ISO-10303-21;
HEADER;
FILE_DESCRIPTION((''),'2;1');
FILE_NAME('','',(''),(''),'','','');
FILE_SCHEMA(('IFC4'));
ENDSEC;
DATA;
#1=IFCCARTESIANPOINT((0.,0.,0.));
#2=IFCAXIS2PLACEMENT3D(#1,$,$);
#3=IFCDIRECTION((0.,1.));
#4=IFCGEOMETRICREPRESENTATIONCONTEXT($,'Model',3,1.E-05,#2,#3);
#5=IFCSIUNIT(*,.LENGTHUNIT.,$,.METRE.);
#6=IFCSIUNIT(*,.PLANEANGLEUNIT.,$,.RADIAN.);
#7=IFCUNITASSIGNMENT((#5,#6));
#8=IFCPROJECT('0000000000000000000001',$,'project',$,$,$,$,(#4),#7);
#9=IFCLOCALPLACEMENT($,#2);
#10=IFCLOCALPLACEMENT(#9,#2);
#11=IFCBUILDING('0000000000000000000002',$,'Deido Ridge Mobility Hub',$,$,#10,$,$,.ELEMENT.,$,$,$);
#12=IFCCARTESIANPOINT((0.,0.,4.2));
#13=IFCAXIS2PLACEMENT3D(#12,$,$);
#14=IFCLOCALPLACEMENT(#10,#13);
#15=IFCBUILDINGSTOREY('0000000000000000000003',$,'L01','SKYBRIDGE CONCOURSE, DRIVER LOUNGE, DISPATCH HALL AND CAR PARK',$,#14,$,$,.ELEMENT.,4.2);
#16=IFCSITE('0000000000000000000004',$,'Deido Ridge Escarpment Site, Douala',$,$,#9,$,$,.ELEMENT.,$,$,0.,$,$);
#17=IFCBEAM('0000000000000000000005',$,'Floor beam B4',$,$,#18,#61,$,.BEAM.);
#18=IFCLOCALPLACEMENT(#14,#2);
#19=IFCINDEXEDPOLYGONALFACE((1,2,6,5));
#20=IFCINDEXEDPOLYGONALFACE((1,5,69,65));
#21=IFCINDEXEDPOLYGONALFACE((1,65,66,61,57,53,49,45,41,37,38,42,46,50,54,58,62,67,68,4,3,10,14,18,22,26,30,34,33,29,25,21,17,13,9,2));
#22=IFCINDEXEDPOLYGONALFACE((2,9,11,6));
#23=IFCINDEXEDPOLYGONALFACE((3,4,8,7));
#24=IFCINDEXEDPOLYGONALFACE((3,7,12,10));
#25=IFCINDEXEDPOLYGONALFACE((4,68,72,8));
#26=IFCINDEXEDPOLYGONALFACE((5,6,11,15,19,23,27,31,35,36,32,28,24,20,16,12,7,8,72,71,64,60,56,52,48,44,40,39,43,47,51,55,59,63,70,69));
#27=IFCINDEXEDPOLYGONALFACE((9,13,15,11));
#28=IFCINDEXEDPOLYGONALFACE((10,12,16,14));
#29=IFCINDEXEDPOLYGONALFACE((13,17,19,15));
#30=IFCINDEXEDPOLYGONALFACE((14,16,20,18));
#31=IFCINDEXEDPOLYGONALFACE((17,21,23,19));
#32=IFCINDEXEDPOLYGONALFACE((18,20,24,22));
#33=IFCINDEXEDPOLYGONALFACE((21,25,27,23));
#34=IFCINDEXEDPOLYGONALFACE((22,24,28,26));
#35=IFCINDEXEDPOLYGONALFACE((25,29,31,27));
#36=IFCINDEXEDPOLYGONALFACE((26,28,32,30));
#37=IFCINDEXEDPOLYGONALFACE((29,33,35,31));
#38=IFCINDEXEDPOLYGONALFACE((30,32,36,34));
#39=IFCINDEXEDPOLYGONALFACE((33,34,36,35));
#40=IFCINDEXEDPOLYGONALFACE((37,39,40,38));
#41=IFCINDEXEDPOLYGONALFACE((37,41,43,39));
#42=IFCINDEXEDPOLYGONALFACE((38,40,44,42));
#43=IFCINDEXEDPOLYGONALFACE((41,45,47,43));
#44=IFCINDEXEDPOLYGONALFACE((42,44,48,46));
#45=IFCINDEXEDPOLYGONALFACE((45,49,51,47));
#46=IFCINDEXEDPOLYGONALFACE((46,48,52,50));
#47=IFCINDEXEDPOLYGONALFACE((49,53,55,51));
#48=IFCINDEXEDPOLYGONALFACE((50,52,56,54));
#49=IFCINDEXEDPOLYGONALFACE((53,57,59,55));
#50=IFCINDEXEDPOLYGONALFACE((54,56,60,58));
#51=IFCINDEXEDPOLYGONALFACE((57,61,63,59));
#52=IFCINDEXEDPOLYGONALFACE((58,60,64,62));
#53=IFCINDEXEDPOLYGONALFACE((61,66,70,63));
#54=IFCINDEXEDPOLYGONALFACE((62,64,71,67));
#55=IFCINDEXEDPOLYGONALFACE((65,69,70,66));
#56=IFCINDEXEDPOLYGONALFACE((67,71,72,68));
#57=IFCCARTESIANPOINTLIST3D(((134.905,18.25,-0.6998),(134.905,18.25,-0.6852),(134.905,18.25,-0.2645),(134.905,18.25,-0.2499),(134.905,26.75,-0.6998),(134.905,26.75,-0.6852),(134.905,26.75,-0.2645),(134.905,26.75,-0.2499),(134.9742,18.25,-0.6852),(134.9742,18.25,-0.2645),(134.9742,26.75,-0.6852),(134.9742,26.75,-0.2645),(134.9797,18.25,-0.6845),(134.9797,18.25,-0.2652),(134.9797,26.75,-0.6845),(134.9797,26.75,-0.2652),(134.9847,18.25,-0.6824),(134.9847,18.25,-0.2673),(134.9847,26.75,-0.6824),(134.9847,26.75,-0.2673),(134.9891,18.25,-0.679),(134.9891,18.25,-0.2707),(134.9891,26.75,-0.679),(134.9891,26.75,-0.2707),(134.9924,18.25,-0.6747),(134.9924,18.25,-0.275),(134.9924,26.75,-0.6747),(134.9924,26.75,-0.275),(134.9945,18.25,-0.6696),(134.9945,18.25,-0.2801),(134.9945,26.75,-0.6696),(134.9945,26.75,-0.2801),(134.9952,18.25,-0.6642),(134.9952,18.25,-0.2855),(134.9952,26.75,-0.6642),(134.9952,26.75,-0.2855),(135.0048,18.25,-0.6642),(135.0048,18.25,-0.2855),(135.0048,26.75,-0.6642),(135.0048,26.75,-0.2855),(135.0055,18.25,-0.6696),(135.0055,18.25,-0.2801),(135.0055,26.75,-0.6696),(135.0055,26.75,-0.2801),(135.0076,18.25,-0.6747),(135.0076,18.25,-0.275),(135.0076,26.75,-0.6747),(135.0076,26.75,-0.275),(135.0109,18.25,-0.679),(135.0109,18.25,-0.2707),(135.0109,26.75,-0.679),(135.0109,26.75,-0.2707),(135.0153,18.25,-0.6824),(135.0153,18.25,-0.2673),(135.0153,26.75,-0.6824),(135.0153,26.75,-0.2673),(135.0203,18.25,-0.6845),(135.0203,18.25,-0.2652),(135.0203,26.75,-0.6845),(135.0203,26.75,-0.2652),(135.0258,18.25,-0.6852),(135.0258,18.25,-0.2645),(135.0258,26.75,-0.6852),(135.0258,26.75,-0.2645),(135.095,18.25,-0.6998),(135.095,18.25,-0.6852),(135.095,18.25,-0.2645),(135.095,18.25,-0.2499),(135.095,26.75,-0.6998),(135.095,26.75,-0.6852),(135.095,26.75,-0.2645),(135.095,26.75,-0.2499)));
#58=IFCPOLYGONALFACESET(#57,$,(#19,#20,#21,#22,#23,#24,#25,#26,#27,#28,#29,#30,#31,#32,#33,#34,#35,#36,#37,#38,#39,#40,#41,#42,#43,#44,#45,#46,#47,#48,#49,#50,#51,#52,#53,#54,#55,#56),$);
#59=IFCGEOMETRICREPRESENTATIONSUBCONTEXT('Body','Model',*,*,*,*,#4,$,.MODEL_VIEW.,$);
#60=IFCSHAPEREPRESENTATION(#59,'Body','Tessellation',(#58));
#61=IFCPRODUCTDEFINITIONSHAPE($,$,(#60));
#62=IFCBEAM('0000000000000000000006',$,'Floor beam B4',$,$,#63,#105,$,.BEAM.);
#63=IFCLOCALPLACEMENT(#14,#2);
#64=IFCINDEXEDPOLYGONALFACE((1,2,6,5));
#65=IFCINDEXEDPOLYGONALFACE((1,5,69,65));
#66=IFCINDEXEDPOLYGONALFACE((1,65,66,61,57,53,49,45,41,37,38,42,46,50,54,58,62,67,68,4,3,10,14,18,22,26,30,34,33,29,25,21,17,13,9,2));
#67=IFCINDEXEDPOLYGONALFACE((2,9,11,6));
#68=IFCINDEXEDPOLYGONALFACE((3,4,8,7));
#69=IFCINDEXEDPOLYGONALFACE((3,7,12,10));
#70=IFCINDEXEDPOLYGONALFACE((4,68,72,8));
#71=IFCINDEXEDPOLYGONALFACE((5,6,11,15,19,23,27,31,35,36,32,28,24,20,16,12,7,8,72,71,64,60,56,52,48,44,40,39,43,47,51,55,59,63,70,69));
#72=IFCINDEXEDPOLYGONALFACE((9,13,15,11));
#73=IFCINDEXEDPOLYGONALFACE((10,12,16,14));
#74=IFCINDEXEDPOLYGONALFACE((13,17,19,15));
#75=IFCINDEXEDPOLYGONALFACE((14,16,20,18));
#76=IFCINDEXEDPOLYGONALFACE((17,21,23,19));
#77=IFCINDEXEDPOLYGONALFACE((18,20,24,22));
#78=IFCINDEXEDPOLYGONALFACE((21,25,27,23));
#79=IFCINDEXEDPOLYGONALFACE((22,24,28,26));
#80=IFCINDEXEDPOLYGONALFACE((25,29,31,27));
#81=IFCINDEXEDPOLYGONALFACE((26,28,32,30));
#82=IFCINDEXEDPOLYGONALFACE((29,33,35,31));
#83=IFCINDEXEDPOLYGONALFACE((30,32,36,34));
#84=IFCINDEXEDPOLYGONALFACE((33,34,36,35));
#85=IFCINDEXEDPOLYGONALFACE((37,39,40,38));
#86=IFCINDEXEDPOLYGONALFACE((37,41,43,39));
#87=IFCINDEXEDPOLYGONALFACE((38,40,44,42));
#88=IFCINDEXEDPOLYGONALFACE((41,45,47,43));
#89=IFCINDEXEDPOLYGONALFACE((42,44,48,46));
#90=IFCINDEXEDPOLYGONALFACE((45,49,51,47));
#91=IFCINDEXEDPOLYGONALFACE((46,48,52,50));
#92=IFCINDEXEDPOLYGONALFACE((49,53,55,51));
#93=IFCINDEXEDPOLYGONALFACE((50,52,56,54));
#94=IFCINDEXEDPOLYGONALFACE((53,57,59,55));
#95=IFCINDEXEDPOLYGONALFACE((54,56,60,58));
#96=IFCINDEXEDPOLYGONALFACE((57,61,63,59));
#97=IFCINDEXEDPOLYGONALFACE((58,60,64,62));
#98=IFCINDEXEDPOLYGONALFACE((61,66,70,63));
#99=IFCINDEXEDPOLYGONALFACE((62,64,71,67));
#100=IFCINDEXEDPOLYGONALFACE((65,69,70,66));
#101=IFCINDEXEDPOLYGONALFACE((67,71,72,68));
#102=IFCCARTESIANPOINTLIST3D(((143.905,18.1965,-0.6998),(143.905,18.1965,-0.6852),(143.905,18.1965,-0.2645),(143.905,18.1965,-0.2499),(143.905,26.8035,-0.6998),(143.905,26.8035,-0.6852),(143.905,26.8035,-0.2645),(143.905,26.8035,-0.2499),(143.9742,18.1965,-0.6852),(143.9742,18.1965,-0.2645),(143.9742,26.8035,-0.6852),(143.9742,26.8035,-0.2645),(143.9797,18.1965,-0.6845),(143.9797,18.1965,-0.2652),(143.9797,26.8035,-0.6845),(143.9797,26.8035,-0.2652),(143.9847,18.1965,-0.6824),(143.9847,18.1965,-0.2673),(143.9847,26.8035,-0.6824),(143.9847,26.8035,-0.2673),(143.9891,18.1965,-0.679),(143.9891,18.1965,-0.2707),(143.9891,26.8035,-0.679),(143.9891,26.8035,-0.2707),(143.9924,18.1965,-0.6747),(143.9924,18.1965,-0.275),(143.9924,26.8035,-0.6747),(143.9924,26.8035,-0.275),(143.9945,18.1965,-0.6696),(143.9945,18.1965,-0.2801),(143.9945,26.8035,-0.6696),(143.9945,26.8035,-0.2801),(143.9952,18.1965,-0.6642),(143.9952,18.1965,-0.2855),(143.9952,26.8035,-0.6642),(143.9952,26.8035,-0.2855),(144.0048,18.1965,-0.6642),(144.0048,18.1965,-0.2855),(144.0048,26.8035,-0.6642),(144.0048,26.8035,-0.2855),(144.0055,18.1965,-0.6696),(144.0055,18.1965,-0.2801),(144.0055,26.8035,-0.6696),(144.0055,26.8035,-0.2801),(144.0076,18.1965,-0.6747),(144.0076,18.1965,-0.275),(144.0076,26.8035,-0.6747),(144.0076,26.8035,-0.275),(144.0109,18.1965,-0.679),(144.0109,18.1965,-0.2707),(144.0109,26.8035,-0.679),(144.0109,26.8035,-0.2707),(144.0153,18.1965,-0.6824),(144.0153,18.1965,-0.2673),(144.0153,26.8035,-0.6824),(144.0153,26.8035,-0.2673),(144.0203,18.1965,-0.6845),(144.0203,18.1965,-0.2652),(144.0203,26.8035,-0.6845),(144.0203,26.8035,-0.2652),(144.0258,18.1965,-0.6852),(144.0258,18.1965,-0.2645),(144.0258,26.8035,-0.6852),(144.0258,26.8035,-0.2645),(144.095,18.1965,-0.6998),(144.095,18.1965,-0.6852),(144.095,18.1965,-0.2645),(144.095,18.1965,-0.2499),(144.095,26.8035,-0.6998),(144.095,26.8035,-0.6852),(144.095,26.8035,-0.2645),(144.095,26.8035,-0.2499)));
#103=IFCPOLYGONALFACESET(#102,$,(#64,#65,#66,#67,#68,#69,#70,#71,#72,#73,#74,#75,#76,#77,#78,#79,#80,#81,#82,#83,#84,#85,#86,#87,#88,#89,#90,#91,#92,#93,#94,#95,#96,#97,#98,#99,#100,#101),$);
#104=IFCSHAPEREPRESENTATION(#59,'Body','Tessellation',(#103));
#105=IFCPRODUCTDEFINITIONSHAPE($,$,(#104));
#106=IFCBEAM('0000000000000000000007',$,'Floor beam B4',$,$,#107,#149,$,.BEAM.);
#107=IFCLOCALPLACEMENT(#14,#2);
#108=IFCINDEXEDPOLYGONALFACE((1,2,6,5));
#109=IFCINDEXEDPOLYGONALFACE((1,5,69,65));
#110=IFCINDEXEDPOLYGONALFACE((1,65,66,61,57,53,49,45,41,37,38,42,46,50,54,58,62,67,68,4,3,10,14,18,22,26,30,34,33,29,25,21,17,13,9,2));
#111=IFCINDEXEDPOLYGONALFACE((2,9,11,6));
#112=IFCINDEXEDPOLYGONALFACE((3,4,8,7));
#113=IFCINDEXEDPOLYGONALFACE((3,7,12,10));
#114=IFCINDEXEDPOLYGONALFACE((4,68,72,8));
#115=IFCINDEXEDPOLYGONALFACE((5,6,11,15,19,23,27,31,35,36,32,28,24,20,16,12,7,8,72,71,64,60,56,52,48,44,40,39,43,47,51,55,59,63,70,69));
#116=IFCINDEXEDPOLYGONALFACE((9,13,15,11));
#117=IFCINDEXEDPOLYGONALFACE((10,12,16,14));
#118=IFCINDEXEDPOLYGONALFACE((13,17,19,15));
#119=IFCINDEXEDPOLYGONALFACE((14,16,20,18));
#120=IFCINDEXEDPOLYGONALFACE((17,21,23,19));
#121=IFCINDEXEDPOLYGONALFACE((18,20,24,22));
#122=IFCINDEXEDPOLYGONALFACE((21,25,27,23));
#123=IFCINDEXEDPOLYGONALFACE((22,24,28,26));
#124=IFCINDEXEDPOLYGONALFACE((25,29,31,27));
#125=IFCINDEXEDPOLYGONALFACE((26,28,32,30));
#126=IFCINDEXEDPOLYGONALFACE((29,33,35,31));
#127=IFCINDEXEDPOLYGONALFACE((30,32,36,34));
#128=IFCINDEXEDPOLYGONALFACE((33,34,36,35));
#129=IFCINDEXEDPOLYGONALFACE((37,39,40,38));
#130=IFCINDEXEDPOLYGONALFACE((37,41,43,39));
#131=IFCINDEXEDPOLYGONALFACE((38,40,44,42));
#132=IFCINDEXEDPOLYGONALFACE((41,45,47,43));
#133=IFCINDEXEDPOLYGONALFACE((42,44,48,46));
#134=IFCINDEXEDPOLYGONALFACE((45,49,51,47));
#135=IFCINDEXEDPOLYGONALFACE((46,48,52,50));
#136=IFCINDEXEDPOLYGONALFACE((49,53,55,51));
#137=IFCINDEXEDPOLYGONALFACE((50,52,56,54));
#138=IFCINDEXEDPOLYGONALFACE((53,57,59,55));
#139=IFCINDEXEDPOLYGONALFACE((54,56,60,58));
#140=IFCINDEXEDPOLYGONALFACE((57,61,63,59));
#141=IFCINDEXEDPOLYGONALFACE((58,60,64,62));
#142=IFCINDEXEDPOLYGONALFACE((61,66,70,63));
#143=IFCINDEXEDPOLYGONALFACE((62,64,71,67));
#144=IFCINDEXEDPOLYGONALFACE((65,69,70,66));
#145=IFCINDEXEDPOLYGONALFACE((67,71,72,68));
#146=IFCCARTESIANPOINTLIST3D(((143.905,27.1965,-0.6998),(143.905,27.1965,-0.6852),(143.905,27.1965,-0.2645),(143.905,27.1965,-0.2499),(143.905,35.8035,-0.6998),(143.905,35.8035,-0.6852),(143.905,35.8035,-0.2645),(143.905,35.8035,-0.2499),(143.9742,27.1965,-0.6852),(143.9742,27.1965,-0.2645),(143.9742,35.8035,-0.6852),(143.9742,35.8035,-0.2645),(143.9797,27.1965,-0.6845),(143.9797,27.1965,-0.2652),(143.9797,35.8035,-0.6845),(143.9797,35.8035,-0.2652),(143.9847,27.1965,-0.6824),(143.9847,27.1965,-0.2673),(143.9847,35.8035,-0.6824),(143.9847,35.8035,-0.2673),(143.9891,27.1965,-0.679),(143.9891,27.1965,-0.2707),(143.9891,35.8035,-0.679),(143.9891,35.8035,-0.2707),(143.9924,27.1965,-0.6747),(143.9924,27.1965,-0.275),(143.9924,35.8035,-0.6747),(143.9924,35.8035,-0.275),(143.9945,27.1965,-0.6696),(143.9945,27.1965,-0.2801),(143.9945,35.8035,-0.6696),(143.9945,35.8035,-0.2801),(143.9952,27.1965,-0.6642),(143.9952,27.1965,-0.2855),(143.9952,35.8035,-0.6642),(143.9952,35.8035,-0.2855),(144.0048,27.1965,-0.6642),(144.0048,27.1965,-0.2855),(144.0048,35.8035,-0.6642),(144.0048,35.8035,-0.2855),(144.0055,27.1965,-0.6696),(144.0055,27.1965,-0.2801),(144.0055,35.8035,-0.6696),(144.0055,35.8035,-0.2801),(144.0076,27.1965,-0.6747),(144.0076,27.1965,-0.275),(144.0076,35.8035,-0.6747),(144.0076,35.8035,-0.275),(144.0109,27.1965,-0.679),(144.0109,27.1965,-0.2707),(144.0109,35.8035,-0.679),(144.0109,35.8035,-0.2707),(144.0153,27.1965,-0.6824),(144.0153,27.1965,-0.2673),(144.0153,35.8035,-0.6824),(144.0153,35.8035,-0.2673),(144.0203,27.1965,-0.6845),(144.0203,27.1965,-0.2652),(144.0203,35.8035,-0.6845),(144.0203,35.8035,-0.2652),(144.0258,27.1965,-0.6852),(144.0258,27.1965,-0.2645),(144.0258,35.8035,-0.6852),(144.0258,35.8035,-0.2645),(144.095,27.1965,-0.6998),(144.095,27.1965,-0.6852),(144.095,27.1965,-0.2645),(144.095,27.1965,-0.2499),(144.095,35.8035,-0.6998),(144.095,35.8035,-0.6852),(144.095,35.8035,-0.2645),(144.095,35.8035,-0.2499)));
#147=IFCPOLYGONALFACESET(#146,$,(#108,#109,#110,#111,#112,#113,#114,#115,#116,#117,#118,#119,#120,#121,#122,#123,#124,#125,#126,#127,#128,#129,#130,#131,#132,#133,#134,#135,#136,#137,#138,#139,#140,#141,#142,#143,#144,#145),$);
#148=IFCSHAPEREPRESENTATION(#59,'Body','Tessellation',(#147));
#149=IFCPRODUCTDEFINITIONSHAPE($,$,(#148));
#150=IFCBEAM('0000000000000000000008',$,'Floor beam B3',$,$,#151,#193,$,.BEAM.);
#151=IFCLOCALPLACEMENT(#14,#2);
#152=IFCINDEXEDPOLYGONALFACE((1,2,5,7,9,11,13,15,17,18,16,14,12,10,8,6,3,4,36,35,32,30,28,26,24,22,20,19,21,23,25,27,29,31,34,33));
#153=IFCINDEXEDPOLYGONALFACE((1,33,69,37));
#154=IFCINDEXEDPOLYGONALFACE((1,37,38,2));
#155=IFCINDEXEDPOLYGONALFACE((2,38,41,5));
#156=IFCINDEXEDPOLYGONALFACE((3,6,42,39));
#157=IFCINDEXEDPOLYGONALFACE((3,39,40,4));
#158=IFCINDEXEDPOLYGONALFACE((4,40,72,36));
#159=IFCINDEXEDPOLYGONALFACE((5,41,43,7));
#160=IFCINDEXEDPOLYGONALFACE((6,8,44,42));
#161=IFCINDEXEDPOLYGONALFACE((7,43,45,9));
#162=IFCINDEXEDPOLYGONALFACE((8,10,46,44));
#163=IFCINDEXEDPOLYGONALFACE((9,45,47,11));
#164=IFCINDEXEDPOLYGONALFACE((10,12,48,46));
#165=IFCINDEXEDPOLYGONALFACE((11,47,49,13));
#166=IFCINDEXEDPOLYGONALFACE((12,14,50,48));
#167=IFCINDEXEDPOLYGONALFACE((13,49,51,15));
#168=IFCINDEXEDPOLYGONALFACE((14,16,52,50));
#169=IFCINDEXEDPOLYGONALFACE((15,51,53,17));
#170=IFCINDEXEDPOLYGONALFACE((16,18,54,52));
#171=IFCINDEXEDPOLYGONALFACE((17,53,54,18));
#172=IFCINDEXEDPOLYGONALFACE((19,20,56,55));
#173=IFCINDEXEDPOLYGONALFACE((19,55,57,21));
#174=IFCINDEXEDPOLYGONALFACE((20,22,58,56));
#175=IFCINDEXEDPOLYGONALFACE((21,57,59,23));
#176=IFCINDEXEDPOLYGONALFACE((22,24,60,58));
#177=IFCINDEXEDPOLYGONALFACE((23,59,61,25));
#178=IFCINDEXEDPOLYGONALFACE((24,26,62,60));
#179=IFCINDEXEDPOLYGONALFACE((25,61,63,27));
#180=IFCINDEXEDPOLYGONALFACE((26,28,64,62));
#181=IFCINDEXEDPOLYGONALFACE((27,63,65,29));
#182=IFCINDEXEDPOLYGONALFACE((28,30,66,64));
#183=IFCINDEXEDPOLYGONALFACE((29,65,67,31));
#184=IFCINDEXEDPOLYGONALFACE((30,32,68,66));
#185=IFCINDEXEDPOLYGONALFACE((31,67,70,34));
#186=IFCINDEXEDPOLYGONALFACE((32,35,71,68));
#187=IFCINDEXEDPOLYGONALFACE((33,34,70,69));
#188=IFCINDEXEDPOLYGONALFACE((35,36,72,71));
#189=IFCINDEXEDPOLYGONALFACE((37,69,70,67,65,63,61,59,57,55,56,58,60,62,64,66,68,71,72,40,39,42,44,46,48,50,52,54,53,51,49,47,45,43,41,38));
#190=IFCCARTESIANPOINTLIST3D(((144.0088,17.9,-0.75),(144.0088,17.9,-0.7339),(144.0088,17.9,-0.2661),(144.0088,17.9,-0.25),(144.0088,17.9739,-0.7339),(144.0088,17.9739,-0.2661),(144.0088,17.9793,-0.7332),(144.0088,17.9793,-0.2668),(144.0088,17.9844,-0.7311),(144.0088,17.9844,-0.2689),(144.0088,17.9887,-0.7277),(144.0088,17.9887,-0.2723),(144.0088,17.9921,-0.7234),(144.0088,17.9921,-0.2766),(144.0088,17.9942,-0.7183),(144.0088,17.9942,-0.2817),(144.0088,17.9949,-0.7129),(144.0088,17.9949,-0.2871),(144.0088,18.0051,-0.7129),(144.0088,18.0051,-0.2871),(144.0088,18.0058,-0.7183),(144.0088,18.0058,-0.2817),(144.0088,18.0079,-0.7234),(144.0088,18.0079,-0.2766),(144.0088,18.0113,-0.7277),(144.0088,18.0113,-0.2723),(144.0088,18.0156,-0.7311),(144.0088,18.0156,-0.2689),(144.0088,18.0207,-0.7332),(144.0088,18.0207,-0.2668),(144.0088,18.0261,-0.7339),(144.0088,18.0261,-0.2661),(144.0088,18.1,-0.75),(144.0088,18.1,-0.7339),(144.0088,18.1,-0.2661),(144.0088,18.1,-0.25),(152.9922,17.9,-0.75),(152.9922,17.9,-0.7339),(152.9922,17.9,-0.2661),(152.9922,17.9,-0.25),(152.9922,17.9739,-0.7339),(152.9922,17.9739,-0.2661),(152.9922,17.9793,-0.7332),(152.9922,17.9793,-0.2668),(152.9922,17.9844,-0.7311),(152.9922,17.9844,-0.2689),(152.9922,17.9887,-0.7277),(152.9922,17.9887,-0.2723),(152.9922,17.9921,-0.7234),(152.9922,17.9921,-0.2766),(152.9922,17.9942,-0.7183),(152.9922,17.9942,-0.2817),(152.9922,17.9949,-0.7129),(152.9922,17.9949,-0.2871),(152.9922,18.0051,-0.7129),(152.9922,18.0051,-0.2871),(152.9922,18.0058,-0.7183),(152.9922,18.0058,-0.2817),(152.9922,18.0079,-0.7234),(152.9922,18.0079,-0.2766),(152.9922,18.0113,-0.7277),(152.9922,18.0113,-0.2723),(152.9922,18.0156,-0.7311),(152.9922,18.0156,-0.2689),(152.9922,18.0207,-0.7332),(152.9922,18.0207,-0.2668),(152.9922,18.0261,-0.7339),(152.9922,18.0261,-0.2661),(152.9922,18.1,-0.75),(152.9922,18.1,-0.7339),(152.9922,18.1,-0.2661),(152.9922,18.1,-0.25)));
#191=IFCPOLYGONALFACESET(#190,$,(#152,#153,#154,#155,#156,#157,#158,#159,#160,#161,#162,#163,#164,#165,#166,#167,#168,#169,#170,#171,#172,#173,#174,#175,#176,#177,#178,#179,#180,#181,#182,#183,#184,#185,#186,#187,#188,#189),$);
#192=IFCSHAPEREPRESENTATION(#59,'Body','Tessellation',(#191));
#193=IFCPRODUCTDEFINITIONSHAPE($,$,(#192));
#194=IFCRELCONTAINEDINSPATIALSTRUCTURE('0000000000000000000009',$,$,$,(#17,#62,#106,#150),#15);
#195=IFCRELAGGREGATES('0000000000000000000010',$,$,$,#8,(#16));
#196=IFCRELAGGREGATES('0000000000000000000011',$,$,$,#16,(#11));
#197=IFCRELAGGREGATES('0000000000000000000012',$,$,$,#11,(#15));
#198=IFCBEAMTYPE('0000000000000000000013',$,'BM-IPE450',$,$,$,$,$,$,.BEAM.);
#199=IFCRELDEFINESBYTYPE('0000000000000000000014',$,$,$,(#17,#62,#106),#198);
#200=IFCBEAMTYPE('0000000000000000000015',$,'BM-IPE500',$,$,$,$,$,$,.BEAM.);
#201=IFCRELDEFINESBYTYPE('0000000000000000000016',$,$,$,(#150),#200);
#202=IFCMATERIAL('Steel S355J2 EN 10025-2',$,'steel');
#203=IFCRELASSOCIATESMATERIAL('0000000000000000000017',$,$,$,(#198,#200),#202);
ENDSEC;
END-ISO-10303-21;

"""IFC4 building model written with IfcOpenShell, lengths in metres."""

from ifc_helpers import new_model, si_unit, direction, frame, origin, origin_2d, place, context, subcontext, project, spatial, i_section, extrude, material, material_profile, profile_set, type_object, element, save


model = new_model("IFC4")

# Units and contexts
model_context = context("Model", 3, precision=1e-05, world=origin(), true_north=direction((0.0, 1.0)))
body_context = subcontext(model_context, "Body", "Model", "MODEL_VIEW")
ifc_project = project(units=[si_unit("LENGTHUNIT", "METRE"), si_unit("PLANEANGLEUNIT", "RADIAN")], contexts=[model_context])

# Site, building, storey
site_placement = place(None, origin())
site = spatial("IfcSite", under=ifc_project, at=site_placement, Name="Deido Ridge Escarpment Site, Douala", CompositionType="ELEMENT", RefElevation=0.0)
building_placement = place(site_placement, origin())
building = spatial("IfcBuilding", under=site, at=building_placement, Name="Deido Ridge Mobility Hub", CompositionType="ELEMENT")
storey_placement = place(building_placement, frame((0.0, 0.0, 4.2)))
storey = spatial("IfcBuildingStorey", under=building, at=storey_placement, Name="L01", Description="SKYBRIDGE CONCOURSE, DRIVER LOUNGE, DISPATCH HALL AND CAR PARK", CompositionType="ELEMENT", Elevation=4.2)

# Shared definitions
ifc_material_1 = material(Name="Steel S355J2 EN 10025-2", Category="steel")

# Beams
ifc_material_profile_1 = material_profile(ifc_material_1, i_section(OverallWidth=0.1899, OverallDepth=0.45, WebThickness=0.0095, FlangeThickness=0.0146, FilletRadius=0.021, at=origin_2d()), Name="IPE 450")
ifc_profile_set_1 = profile_set([ifc_material_profile_1], Name="Steel S355J2 EN 10025-2")
beam_type_1 = type_object("IfcBeamType", Name="BM-IPE450", PredefinedType="BEAM", material=ifc_profile_set_1)
for number, where, z_axis, x_axis, name in (
    (1, (135.0, 18.25, -0.4749), (0.0, 1.0, 0.0), (-1.0, 0.0, 0.0), "Floor beam B4"),
):
    element("IfcBeam", number, at=place(storey_placement, frame(where, z_axis=z_axis, x_axis=x_axis)), inside=storey, type_object=beam_type_1, Name=name, PredefinedType="BEAM", context=body_context, shape_type="SweptSolid", body=[
        extrude(i_section(OverallWidth=0.1899, OverallDepth=0.45, WebThickness=0.0095, FlangeThickness=0.0146, FilletRadius=0.021, at=origin_2d()), origin(), (0.0, 0.0, 1.0), 8.5),
    ])
for number, where, z_axis, x_axis, name in (
    (2, (144.0, 18.1965, -0.4749), (0.0, 1.0, 0.0), (-1.0, 0.0, 0.0), "Floor beam B4"),
    (3, (144.0, 27.1965, -0.4749), (0.0, 1.0, 0.0), (-1.0, 0.0, 0.0), "Floor beam B4"),
):
    element("IfcBeam", number, at=place(storey_placement, frame(where, z_axis=z_axis, x_axis=x_axis)), inside=storey, type_object=beam_type_1, Name=name, PredefinedType="BEAM", context=body_context, shape_type="SweptSolid", body=[
        extrude(i_section(OverallWidth=0.1899, OverallDepth=0.45, WebThickness=0.0095, FlangeThickness=0.0146, FilletRadius=0.021, at=origin_2d()), origin(), (0.0, 0.0, 1.0), 8.6069),
    ])
ifc_material_profile_2 = material_profile(ifc_material_1, i_section(OverallWidth=0.2, OverallDepth=0.5, WebThickness=0.0103, FlangeThickness=0.0161, FilletRadius=0.021, at=origin_2d()), Name="IPE 500")
ifc_profile_set_2 = profile_set([ifc_material_profile_2], Name="Steel S355J2 EN 10025-2")
beam_type_2 = type_object("IfcBeamType", Name="BM-IPE500", PredefinedType="BEAM", material=ifc_profile_set_2)
beam_1_placement = place(storey_placement, frame((144.0088, 18.0, -0.5), z_axis=(1.0, 0.0, 0.0), x_axis=(0.0, 1.0, 0.0)))
element("IfcBeam", 4, at=beam_1_placement, inside=storey, type_object=beam_type_2, Name="Floor beam B3", PredefinedType="BEAM", context=body_context, shape_type="SweptSolid", body=[
    extrude(i_section(OverallWidth=0.2, OverallDepth=0.5, WebThickness=0.0103, FlangeThickness=0.0161, FilletRadius=0.021, at=origin_2d()), origin(), (0.0, 0.0, 1.0), 8.9834),
])

save(model, "model.ifc")
